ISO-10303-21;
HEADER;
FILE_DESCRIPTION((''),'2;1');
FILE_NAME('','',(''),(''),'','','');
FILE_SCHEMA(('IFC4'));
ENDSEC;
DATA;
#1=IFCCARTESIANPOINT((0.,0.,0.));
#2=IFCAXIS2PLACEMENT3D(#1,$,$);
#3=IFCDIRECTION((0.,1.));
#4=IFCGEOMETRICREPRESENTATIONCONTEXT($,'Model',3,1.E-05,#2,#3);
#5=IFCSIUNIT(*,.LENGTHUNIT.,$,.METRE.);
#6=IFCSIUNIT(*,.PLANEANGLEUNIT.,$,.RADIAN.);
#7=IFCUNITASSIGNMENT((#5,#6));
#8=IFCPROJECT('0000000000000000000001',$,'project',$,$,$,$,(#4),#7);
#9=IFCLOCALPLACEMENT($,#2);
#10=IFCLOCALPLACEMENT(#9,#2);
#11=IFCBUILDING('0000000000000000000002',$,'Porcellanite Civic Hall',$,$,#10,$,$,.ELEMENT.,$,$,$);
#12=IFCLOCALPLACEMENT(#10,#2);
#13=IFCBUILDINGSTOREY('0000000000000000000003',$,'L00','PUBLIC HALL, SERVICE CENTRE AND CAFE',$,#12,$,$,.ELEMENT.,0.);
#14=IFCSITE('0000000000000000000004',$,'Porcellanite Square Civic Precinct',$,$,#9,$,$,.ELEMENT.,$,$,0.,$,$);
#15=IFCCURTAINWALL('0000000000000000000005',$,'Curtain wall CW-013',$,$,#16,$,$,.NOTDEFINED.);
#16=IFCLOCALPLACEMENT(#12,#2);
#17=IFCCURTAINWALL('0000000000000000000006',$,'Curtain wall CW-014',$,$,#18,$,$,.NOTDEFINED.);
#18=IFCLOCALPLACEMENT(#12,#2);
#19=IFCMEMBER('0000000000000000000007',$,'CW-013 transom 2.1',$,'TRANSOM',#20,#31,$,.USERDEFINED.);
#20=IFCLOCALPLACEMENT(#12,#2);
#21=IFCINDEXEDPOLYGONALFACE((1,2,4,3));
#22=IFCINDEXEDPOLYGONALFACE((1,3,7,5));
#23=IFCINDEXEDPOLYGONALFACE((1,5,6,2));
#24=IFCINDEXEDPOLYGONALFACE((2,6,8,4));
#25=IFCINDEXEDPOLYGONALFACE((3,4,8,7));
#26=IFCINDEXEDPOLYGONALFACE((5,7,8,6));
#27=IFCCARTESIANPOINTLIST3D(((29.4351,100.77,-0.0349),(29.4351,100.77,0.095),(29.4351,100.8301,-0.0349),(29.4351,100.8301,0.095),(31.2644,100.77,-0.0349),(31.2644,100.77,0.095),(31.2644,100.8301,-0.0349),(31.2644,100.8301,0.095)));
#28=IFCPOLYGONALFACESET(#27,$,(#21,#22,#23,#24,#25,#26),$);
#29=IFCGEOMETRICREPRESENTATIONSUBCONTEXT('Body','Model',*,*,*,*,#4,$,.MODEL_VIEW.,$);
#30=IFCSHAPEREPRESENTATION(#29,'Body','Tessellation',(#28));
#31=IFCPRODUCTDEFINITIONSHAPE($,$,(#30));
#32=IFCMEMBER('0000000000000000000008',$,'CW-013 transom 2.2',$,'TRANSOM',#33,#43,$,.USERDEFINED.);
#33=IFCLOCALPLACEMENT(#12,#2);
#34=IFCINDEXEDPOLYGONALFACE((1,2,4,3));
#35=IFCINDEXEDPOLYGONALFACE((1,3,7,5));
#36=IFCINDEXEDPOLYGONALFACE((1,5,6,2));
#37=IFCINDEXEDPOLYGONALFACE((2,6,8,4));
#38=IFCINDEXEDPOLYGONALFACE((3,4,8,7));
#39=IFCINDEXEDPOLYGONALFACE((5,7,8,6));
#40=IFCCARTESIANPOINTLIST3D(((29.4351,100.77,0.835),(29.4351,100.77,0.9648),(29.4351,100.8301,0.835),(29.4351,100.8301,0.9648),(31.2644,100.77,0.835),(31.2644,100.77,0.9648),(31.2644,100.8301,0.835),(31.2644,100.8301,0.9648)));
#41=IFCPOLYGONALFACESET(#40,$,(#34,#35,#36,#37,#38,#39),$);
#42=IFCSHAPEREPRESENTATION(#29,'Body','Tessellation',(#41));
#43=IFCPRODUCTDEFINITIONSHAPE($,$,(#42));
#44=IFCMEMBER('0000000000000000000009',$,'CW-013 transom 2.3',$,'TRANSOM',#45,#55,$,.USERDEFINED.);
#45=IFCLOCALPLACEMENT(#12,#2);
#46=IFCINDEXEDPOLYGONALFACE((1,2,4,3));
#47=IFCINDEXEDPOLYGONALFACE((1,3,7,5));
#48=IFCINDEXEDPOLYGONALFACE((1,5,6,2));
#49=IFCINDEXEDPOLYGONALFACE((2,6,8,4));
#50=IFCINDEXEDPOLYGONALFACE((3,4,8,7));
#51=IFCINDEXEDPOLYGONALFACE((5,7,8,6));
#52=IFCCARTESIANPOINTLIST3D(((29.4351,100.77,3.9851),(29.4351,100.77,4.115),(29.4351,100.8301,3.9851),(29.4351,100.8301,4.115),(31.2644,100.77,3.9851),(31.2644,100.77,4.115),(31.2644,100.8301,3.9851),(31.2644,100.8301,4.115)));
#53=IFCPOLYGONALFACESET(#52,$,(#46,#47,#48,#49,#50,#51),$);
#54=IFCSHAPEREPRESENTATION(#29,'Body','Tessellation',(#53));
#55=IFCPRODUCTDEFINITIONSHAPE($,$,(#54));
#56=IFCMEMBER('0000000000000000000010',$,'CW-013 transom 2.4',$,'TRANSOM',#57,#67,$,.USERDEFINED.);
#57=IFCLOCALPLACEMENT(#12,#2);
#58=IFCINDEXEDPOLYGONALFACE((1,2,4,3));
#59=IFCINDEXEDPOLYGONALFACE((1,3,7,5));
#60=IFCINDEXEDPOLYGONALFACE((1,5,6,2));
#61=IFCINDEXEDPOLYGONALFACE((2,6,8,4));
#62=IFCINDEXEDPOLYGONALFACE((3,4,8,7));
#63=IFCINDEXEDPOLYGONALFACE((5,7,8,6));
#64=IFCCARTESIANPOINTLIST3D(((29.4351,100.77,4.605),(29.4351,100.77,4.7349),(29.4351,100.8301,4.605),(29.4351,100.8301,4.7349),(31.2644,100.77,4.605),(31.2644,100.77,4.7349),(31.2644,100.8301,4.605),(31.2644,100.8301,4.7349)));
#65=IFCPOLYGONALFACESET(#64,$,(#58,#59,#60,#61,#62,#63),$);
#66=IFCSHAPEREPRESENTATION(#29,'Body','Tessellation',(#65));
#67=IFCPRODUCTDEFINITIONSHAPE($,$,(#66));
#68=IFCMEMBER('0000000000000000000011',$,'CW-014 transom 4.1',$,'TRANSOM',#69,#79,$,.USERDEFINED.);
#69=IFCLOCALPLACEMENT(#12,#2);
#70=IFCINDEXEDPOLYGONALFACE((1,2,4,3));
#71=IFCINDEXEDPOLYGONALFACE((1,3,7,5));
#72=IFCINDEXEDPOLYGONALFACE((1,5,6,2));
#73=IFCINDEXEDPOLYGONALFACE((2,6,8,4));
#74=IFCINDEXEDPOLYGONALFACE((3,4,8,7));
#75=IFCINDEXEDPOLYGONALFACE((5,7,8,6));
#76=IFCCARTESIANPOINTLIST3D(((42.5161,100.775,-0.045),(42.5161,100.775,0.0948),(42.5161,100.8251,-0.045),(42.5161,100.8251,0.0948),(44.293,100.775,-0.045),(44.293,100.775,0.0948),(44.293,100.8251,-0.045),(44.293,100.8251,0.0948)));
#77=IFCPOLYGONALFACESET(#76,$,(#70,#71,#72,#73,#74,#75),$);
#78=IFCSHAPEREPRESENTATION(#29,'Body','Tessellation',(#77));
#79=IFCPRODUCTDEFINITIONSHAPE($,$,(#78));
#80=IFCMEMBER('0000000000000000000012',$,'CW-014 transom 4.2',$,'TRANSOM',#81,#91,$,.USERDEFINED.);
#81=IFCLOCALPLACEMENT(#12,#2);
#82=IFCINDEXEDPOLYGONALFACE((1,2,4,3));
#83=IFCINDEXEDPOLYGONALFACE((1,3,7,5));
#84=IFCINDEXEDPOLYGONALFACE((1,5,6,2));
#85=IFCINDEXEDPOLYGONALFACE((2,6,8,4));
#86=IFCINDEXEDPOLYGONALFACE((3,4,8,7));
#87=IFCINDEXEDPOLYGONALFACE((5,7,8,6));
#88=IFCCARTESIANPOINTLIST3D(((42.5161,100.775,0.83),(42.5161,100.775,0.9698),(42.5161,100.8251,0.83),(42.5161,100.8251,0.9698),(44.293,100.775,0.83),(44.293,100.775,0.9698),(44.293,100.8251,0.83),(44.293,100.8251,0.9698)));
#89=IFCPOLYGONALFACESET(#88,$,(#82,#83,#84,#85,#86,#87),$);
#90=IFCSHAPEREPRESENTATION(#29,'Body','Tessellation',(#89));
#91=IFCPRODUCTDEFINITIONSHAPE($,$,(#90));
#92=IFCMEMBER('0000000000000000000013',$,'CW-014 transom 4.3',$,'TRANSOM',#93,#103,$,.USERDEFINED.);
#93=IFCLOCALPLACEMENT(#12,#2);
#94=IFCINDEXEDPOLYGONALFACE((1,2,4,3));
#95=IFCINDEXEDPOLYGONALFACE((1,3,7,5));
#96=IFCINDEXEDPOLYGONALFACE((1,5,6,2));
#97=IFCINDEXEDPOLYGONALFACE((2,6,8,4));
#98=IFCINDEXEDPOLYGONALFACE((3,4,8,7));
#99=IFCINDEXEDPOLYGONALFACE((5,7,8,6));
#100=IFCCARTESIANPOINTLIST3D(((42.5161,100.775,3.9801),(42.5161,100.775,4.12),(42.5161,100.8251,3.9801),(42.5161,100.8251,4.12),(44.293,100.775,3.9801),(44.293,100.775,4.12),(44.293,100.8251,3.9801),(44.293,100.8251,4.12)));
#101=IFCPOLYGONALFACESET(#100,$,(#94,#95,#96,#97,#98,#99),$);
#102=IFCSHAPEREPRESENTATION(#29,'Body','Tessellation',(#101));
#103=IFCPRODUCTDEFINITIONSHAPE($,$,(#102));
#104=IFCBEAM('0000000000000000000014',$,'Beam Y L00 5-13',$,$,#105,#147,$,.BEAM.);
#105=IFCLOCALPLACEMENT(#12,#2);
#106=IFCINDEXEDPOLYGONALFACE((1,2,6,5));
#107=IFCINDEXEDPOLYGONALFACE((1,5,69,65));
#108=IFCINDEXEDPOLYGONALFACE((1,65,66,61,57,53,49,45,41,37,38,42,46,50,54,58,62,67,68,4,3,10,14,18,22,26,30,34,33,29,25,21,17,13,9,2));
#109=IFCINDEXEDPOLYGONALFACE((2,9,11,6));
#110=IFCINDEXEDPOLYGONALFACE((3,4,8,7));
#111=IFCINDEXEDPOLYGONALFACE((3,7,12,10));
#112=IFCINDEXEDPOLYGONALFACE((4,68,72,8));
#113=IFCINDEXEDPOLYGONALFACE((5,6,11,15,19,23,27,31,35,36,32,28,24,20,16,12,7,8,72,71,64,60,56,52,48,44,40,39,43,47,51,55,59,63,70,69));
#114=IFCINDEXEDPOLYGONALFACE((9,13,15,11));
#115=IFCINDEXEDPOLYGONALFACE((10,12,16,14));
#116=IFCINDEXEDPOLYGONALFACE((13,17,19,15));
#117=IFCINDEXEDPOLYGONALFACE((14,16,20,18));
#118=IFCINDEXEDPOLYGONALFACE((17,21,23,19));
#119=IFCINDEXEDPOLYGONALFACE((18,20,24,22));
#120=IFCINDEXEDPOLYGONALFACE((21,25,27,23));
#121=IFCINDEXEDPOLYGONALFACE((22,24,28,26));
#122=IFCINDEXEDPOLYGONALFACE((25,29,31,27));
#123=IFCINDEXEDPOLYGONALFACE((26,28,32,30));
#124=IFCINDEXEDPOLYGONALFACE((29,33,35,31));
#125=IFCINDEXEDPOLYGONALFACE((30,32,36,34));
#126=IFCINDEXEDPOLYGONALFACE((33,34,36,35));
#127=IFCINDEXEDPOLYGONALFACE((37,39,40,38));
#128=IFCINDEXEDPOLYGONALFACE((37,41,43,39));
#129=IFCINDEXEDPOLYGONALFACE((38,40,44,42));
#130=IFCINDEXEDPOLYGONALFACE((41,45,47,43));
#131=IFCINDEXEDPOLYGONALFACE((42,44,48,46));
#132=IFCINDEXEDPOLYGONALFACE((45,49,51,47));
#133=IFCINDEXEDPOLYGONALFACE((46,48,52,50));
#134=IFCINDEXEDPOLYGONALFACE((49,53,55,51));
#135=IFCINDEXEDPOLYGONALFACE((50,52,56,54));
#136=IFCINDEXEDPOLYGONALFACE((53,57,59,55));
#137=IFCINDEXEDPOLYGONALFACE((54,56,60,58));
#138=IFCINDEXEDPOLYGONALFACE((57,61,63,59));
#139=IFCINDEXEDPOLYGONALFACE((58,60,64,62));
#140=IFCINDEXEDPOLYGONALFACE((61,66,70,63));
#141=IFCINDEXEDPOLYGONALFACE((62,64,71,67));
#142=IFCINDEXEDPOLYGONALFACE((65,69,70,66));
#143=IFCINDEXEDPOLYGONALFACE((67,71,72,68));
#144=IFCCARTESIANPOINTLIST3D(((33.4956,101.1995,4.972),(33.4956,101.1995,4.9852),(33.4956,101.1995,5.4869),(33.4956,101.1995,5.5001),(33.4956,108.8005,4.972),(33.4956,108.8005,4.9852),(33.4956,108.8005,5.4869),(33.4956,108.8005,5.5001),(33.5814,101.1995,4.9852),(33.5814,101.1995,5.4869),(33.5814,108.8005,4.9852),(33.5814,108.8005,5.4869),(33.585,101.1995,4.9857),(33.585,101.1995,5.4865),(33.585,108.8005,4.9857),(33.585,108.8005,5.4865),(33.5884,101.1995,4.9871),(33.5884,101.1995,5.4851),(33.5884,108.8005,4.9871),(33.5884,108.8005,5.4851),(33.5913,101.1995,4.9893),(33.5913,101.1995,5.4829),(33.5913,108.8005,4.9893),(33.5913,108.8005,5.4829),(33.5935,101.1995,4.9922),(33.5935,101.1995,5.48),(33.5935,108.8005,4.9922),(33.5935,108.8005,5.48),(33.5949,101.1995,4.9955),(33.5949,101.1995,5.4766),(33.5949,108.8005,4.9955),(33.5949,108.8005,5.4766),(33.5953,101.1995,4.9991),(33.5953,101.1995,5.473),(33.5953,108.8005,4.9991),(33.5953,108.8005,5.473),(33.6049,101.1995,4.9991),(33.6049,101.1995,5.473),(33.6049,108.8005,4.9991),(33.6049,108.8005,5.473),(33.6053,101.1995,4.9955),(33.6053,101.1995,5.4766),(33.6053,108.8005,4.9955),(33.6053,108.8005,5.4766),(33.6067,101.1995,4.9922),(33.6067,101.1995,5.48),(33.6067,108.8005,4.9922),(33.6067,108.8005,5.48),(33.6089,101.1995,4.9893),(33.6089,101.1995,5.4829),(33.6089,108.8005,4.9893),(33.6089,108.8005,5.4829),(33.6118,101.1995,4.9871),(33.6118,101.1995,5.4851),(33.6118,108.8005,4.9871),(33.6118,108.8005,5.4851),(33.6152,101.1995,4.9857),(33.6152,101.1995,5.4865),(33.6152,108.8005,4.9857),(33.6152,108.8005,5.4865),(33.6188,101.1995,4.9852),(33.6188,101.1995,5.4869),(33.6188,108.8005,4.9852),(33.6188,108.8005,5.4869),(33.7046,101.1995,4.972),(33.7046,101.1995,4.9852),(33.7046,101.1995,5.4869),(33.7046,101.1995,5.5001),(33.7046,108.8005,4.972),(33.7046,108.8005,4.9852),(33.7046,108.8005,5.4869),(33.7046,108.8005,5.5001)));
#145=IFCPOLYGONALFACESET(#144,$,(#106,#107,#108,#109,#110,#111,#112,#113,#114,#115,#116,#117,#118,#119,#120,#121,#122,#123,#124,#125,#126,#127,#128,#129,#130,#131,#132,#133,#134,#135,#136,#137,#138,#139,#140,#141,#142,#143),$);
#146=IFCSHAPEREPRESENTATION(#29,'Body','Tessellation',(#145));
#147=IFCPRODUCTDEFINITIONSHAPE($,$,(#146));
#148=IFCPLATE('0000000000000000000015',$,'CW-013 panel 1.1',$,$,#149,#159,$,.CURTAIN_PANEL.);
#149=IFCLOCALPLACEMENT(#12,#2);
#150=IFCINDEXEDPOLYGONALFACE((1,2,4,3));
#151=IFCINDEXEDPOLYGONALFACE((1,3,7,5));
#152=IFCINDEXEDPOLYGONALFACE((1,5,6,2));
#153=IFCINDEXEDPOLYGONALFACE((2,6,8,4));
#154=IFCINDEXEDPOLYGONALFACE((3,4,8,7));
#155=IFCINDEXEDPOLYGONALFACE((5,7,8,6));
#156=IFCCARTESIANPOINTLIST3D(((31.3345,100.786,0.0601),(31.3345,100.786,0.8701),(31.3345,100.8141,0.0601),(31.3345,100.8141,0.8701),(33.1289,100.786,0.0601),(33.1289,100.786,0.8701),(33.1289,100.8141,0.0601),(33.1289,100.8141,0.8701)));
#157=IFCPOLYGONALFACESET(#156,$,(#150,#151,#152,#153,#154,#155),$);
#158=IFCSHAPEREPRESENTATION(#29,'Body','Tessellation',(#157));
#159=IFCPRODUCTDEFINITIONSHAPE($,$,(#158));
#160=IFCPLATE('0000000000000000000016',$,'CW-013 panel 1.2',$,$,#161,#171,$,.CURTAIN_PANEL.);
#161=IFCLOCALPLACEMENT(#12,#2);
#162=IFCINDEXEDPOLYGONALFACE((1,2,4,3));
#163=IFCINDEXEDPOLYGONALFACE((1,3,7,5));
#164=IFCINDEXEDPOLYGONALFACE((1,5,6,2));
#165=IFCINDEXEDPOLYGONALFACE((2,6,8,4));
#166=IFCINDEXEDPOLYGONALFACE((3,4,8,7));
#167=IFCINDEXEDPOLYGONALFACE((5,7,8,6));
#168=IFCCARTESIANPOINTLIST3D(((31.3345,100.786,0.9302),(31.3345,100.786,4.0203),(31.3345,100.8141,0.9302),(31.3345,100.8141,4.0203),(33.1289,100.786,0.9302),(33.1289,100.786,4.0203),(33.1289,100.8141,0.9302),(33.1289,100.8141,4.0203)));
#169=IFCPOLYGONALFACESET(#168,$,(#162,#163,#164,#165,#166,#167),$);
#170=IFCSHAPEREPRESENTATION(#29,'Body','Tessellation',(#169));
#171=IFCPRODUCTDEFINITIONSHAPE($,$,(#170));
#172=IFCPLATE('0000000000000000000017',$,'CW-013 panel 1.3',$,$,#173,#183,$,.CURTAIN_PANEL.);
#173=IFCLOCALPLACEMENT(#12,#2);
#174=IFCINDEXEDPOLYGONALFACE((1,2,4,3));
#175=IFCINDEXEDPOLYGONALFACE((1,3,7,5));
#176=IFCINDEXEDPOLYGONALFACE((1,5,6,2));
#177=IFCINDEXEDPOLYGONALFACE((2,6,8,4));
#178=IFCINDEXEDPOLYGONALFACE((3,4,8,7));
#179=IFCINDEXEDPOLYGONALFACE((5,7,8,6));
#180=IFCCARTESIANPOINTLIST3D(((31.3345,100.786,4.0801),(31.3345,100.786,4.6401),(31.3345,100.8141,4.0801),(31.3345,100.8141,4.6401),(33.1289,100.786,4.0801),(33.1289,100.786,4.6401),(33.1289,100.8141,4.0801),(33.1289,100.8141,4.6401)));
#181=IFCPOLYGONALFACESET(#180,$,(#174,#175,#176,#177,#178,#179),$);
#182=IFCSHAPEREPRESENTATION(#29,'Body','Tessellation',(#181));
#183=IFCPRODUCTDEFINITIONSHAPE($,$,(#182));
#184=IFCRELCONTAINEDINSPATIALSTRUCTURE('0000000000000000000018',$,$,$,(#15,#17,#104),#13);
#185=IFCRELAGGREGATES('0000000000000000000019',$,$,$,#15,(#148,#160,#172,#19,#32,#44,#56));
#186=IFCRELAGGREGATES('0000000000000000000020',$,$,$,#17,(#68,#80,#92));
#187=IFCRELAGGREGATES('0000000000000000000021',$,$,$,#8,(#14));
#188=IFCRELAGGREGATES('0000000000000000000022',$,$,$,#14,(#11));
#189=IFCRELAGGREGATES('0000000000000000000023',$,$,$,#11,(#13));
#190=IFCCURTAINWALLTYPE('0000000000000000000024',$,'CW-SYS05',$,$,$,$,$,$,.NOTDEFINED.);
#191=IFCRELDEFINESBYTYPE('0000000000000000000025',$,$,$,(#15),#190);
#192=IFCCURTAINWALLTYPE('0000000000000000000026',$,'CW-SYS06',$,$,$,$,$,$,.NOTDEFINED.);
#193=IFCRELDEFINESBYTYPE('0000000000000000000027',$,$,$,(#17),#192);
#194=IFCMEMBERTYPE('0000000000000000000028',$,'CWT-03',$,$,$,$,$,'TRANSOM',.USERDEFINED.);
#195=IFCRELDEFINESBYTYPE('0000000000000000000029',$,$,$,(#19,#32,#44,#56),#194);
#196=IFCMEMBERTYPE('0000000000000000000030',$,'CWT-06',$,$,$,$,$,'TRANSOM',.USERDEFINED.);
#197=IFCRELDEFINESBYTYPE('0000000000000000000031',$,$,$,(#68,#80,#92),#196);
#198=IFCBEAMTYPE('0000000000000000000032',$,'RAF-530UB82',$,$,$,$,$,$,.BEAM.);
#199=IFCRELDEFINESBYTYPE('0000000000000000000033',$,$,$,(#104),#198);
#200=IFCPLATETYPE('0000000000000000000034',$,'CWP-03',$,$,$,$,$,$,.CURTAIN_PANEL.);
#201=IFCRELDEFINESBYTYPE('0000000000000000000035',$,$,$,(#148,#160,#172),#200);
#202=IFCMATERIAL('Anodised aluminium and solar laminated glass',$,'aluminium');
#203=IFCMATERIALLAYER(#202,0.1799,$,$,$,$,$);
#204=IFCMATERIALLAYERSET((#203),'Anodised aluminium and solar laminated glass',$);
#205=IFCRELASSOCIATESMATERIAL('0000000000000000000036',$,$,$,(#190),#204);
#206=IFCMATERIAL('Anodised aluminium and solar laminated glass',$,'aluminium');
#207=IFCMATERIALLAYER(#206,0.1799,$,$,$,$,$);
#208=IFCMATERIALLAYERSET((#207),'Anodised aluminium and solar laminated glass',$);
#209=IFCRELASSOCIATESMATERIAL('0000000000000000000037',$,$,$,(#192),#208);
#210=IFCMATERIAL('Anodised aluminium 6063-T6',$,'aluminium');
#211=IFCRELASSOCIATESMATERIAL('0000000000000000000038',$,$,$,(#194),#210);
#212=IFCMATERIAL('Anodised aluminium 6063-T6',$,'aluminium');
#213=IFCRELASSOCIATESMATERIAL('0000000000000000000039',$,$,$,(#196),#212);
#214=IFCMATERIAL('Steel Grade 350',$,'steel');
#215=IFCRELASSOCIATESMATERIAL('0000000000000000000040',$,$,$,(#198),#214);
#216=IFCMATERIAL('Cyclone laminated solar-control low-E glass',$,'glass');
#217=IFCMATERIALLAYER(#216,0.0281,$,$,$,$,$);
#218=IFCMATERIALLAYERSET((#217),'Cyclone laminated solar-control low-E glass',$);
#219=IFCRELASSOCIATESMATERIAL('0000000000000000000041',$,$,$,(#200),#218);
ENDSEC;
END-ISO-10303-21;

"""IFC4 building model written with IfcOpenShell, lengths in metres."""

from ifc_helpers import new_model, si_unit, direction, frame, origin, origin_2d, place, context, subcontext, project, spatial, rectangle, i_section, extrude, material, layer, layer_set, material_profile, profile_set, type_object, element, aggregate, save


model = new_model("IFC4")

# Units and contexts
model_context = context("Model", 3, precision=1e-05, world=origin(), true_north=direction((0.0, 1.0)))
body_context = subcontext(model_context, "Body", "Model", "MODEL_VIEW")
ifc_project = project(units=[si_unit("LENGTHUNIT", "METRE"), si_unit("PLANEANGLEUNIT", "RADIAN")], contexts=[model_context])

# Site, building, storey
site_placement = place(None, origin())
site = spatial("IfcSite", under=ifc_project, at=site_placement, Name="Porcellanite Square Civic Precinct", CompositionType="ELEMENT", RefElevation=0.0)
building_placement = place(site_placement, origin())
building = spatial("IfcBuilding", under=site, at=building_placement, Name="Porcellanite Civic Hall", CompositionType="ELEMENT")
storey_placement = place(building_placement, origin())
storey = spatial("IfcBuildingStorey", under=building, at=storey_placement, Name="L00", Description="PUBLIC HALL, SERVICE CENTRE AND CAFE", CompositionType="ELEMENT", Elevation=0.0)

# Curtain wall
ifc_material_1 = material(Name="Anodised aluminium and solar laminated glass", Category="aluminium")
ifc_layer_1 = layer(ifc_material_1, 0.1799)
ifc_layer_set_1 = layer_set([ifc_layer_1], Name="Anodised aluminium and solar laminated glass")
curtain_wall_type_1 = type_object("IfcCurtainWallType", Name="CW-SYS05", PredefinedType="NOTDEFINED", material=ifc_layer_set_1)
curtain_wall_1_placement = place(storey_placement, origin())
curtain_wall_1 = element("IfcCurtainWall", 1, at=curtain_wall_1_placement, inside=storey, type_object=curtain_wall_type_1, Name="Curtain wall CW-013", PredefinedType="NOTDEFINED")

# Curtain wall
ifc_material_2 = material(Name="Anodised aluminium and solar laminated glass", Category="aluminium")
ifc_layer_2 = layer(ifc_material_2, 0.1799)
ifc_layer_set_2 = layer_set([ifc_layer_2], Name="Anodised aluminium and solar laminated glass")
curtain_wall_type_2 = type_object("IfcCurtainWallType", Name="CW-SYS06", PredefinedType="NOTDEFINED", material=ifc_layer_set_2)
curtain_wall_2_placement = place(storey_placement, origin())
curtain_wall_2 = element("IfcCurtainWall", 2, at=curtain_wall_2_placement, inside=storey, type_object=curtain_wall_type_2, Name="Curtain wall CW-014", PredefinedType="NOTDEFINED")

# Members
ifc_material_3 = material(Name="Anodised aluminium 6063-T6", Category="aluminium")
ifc_material_profile_1 = material_profile(ifc_material_3, rectangle(XDim=0.0601, YDim=0.1299, at=origin_2d()), Name="AL-60x130")
ifc_profile_set_1 = profile_set([ifc_material_profile_1], Name="Anodised aluminium 6063-T6")
member_type_1 = type_object("IfcMemberType", Name="CWT-03", ElementType="TRANSOM", PredefinedType="USERDEFINED", material=ifc_profile_set_1)
member_1_placement = place(storey_placement, frame((31.2644, 100.8, 0.03), z_axis=(-1.0, 0.0, 0.0), x_axis=(0.0, -1.0, 0.0)))
member_1 = element("IfcMember", 3, at=member_1_placement, type_object=member_type_1, Name="CW-013 transom 2.1", ObjectType="TRANSOM", PredefinedType="USERDEFINED", context=body_context, shape_type="SweptSolid", body=[
    extrude(rectangle(XDim=0.0601, YDim=0.1299, at=origin_2d()), origin(), (0.0, 0.0, 1.0), 1.8293),
])
member_2_placement = place(storey_placement, frame((31.2644, 100.8, 0.8999), z_axis=(-1.0, 0.0, 0.0), x_axis=(0.0, -1.0, 0.0)))
member_2 = element("IfcMember", 4, at=member_2_placement, type_object=member_type_1, Name="CW-013 transom 2.2", ObjectType="TRANSOM", PredefinedType="USERDEFINED", context=body_context, shape_type="SweptSolid", body=[
    extrude(rectangle(XDim=0.0601, YDim=0.1299, at=origin_2d()), origin(), (0.0, 0.0, 1.0), 1.8293),
])
member_3_placement = place(storey_placement, frame((31.2644, 100.8, 4.05), z_axis=(-1.0, 0.0, 0.0), x_axis=(0.0, -1.0, 0.0)))
member_3 = element("IfcMember", 5, at=member_3_placement, type_object=member_type_1, Name="CW-013 transom 2.3", ObjectType="TRANSOM", PredefinedType="USERDEFINED", context=body_context, shape_type="SweptSolid", body=[
    extrude(rectangle(XDim=0.0601, YDim=0.1299, at=origin_2d()), origin(), (0.0, 0.0, 1.0), 1.8293),
])
member_4_placement = place(storey_placement, frame((31.2644, 100.8, 4.6699), z_axis=(-1.0, 0.0, 0.0), x_axis=(0.0, -1.0, 0.0)))
member_4 = element("IfcMember", 6, at=member_4_placement, type_object=member_type_1, Name="CW-013 transom 2.4", ObjectType="TRANSOM", PredefinedType="USERDEFINED", context=body_context, shape_type="SweptSolid", body=[
    extrude(rectangle(XDim=0.0601, YDim=0.1299, at=origin_2d()), origin(), (0.0, 0.0, 1.0), 1.8293),
])
ifc_material_4 = material(Name="Anodised aluminium 6063-T6", Category="aluminium")
ifc_material_profile_2 = material_profile(ifc_material_4, rectangle(XDim=0.05, YDim=0.1399, at=origin_2d()), Name="AL-50x140")
ifc_profile_set_2 = profile_set([ifc_material_profile_2], Name="Anodised aluminium 6063-T6")
member_type_2 = type_object("IfcMemberType", Name="CWT-06", ElementType="TRANSOM", PredefinedType="USERDEFINED", material=ifc_profile_set_2)
member_5_placement = place(storey_placement, frame((44.293, 100.8, 0.0249), z_axis=(-1.0, 0.0, 0.0), x_axis=(0.0, -1.0, 0.0)))
member_5 = element("IfcMember", 7, at=member_5_placement, type_object=member_type_2, Name="CW-014 transom 4.1", ObjectType="TRANSOM", PredefinedType="USERDEFINED", context=body_context, shape_type="SweptSolid", body=[
    extrude(rectangle(XDim=0.05, YDim=0.1399, at=origin_2d()), origin(), (0.0, 0.0, 1.0), 1.7769),
])
member_6_placement = place(storey_placement, frame((44.293, 100.8, 0.8999), z_axis=(-1.0, 0.0, 0.0), x_axis=(0.0, -1.0, 0.0)))
member_6 = element("IfcMember", 8, at=member_6_placement, type_object=member_type_2, Name="CW-014 transom 4.2", ObjectType="TRANSOM", PredefinedType="USERDEFINED", context=body_context, shape_type="SweptSolid", body=[
    extrude(rectangle(XDim=0.05, YDim=0.1399, at=origin_2d()), origin(), (0.0, 0.0, 1.0), 1.7769),
])
member_7_placement = place(storey_placement, frame((44.293, 100.8, 4.05), z_axis=(-1.0, 0.0, 0.0), x_axis=(0.0, -1.0, 0.0)))
member_7 = element("IfcMember", 9, at=member_7_placement, type_object=member_type_2, Name="CW-014 transom 4.3", ObjectType="TRANSOM", PredefinedType="USERDEFINED", context=body_context, shape_type="SweptSolid", body=[
    extrude(rectangle(XDim=0.05, YDim=0.1399, at=origin_2d()), origin(), (0.0, 0.0, 1.0), 1.7769),
])

# Beam
ifc_material_5 = material(Name="Steel Grade 350", Category="steel")
ifc_material_profile_3 = material_profile(ifc_material_5, i_section(OverallWidth=0.209, OverallDepth=0.5281, WebThickness=0.0095, FlangeThickness=0.0132, FilletRadius=0.0139, at=origin_2d()), Name="530UB82.0")
ifc_profile_set_3 = profile_set([ifc_material_profile_3], Name="Steel Grade 350")
beam_type_1 = type_object("IfcBeamType", Name="RAF-530UB82", PredefinedType="BEAM", material=ifc_profile_set_3)
beam_1_placement = place(storey_placement, frame((33.6001, 101.1995, 5.2361), z_axis=(0.0, 1.0, 0.0), x_axis=(-1.0, 0.0, 0.0)))
element("IfcBeam", 10, at=beam_1_placement, inside=storey, type_object=beam_type_1, Name="Beam Y L00 5-13", PredefinedType="BEAM", context=body_context, shape_type="SweptSolid", body=[
    extrude(i_section(OverallWidth=0.209, OverallDepth=0.5281, WebThickness=0.0095, FlangeThickness=0.0132, FilletRadius=0.0139, at=origin_2d()), origin(), (0.0, 0.0, 1.0), 7.6011),
])

# Plates
ifc_material_6 = material(Name="Cyclone laminated solar-control low-E glass", Category="glass")
ifc_layer_3 = layer(ifc_material_6, 0.0281)
ifc_layer_set_3 = layer_set([ifc_layer_3], Name="Cyclone laminated solar-control low-E glass")
plate_type_1 = type_object("IfcPlateType", Name="CWP-03", PredefinedType="CURTAIN_PANEL", material=ifc_layer_set_3)
plate_1_placement = place(storey_placement, frame((32.2317, 100.8, 0.0601), z_axis=(0.0, 0.0, 1.0), x_axis=(-1.0, 0.0, 0.0)))
plate_1 = element("IfcPlate", 11, at=plate_1_placement, type_object=plate_type_1, Name="CW-013 panel 1.1", PredefinedType="CURTAIN_PANEL", context=body_context, shape_type="SweptSolid", body=[
    extrude(rectangle(XDim=1.7944, YDim=0.0281, at=origin_2d()), origin(), (0.0, 0.0, 1.0), 0.8101),
])
plate_2_placement = place(storey_placement, frame((32.2317, 100.8, 0.9302), z_axis=(0.0, 0.0, 1.0), x_axis=(-1.0, 0.0, 0.0)))
plate_2 = element("IfcPlate", 12, at=plate_2_placement, type_object=plate_type_1, Name="CW-013 panel 1.2", PredefinedType="CURTAIN_PANEL", context=body_context, shape_type="SweptSolid", body=[
    extrude(rectangle(XDim=1.7944, YDim=0.0281, at=origin_2d()), origin(), (0.0, 0.0, 1.0), 3.0901),
])
plate_3_placement = place(storey_placement, frame((32.2317, 100.8, 4.0801), z_axis=(0.0, 0.0, 1.0), x_axis=(-1.0, 0.0, 0.0)))
plate_3 = element("IfcPlate", 13, at=plate_3_placement, type_object=plate_type_1, Name="CW-013 panel 1.3", PredefinedType="CURTAIN_PANEL", context=body_context, shape_type="SweptSolid", body=[
    extrude(rectangle(XDim=1.7944, YDim=0.0281, at=origin_2d()), origin(), (0.0, 0.0, 1.0), 0.5601),
])
aggregate(curtain_wall_1, [plate_1, plate_2, plate_3, member_1, member_2, member_3, member_4])
aggregate(curtain_wall_2, [member_5, member_6, member_7])

save(model, "model.ifc")
